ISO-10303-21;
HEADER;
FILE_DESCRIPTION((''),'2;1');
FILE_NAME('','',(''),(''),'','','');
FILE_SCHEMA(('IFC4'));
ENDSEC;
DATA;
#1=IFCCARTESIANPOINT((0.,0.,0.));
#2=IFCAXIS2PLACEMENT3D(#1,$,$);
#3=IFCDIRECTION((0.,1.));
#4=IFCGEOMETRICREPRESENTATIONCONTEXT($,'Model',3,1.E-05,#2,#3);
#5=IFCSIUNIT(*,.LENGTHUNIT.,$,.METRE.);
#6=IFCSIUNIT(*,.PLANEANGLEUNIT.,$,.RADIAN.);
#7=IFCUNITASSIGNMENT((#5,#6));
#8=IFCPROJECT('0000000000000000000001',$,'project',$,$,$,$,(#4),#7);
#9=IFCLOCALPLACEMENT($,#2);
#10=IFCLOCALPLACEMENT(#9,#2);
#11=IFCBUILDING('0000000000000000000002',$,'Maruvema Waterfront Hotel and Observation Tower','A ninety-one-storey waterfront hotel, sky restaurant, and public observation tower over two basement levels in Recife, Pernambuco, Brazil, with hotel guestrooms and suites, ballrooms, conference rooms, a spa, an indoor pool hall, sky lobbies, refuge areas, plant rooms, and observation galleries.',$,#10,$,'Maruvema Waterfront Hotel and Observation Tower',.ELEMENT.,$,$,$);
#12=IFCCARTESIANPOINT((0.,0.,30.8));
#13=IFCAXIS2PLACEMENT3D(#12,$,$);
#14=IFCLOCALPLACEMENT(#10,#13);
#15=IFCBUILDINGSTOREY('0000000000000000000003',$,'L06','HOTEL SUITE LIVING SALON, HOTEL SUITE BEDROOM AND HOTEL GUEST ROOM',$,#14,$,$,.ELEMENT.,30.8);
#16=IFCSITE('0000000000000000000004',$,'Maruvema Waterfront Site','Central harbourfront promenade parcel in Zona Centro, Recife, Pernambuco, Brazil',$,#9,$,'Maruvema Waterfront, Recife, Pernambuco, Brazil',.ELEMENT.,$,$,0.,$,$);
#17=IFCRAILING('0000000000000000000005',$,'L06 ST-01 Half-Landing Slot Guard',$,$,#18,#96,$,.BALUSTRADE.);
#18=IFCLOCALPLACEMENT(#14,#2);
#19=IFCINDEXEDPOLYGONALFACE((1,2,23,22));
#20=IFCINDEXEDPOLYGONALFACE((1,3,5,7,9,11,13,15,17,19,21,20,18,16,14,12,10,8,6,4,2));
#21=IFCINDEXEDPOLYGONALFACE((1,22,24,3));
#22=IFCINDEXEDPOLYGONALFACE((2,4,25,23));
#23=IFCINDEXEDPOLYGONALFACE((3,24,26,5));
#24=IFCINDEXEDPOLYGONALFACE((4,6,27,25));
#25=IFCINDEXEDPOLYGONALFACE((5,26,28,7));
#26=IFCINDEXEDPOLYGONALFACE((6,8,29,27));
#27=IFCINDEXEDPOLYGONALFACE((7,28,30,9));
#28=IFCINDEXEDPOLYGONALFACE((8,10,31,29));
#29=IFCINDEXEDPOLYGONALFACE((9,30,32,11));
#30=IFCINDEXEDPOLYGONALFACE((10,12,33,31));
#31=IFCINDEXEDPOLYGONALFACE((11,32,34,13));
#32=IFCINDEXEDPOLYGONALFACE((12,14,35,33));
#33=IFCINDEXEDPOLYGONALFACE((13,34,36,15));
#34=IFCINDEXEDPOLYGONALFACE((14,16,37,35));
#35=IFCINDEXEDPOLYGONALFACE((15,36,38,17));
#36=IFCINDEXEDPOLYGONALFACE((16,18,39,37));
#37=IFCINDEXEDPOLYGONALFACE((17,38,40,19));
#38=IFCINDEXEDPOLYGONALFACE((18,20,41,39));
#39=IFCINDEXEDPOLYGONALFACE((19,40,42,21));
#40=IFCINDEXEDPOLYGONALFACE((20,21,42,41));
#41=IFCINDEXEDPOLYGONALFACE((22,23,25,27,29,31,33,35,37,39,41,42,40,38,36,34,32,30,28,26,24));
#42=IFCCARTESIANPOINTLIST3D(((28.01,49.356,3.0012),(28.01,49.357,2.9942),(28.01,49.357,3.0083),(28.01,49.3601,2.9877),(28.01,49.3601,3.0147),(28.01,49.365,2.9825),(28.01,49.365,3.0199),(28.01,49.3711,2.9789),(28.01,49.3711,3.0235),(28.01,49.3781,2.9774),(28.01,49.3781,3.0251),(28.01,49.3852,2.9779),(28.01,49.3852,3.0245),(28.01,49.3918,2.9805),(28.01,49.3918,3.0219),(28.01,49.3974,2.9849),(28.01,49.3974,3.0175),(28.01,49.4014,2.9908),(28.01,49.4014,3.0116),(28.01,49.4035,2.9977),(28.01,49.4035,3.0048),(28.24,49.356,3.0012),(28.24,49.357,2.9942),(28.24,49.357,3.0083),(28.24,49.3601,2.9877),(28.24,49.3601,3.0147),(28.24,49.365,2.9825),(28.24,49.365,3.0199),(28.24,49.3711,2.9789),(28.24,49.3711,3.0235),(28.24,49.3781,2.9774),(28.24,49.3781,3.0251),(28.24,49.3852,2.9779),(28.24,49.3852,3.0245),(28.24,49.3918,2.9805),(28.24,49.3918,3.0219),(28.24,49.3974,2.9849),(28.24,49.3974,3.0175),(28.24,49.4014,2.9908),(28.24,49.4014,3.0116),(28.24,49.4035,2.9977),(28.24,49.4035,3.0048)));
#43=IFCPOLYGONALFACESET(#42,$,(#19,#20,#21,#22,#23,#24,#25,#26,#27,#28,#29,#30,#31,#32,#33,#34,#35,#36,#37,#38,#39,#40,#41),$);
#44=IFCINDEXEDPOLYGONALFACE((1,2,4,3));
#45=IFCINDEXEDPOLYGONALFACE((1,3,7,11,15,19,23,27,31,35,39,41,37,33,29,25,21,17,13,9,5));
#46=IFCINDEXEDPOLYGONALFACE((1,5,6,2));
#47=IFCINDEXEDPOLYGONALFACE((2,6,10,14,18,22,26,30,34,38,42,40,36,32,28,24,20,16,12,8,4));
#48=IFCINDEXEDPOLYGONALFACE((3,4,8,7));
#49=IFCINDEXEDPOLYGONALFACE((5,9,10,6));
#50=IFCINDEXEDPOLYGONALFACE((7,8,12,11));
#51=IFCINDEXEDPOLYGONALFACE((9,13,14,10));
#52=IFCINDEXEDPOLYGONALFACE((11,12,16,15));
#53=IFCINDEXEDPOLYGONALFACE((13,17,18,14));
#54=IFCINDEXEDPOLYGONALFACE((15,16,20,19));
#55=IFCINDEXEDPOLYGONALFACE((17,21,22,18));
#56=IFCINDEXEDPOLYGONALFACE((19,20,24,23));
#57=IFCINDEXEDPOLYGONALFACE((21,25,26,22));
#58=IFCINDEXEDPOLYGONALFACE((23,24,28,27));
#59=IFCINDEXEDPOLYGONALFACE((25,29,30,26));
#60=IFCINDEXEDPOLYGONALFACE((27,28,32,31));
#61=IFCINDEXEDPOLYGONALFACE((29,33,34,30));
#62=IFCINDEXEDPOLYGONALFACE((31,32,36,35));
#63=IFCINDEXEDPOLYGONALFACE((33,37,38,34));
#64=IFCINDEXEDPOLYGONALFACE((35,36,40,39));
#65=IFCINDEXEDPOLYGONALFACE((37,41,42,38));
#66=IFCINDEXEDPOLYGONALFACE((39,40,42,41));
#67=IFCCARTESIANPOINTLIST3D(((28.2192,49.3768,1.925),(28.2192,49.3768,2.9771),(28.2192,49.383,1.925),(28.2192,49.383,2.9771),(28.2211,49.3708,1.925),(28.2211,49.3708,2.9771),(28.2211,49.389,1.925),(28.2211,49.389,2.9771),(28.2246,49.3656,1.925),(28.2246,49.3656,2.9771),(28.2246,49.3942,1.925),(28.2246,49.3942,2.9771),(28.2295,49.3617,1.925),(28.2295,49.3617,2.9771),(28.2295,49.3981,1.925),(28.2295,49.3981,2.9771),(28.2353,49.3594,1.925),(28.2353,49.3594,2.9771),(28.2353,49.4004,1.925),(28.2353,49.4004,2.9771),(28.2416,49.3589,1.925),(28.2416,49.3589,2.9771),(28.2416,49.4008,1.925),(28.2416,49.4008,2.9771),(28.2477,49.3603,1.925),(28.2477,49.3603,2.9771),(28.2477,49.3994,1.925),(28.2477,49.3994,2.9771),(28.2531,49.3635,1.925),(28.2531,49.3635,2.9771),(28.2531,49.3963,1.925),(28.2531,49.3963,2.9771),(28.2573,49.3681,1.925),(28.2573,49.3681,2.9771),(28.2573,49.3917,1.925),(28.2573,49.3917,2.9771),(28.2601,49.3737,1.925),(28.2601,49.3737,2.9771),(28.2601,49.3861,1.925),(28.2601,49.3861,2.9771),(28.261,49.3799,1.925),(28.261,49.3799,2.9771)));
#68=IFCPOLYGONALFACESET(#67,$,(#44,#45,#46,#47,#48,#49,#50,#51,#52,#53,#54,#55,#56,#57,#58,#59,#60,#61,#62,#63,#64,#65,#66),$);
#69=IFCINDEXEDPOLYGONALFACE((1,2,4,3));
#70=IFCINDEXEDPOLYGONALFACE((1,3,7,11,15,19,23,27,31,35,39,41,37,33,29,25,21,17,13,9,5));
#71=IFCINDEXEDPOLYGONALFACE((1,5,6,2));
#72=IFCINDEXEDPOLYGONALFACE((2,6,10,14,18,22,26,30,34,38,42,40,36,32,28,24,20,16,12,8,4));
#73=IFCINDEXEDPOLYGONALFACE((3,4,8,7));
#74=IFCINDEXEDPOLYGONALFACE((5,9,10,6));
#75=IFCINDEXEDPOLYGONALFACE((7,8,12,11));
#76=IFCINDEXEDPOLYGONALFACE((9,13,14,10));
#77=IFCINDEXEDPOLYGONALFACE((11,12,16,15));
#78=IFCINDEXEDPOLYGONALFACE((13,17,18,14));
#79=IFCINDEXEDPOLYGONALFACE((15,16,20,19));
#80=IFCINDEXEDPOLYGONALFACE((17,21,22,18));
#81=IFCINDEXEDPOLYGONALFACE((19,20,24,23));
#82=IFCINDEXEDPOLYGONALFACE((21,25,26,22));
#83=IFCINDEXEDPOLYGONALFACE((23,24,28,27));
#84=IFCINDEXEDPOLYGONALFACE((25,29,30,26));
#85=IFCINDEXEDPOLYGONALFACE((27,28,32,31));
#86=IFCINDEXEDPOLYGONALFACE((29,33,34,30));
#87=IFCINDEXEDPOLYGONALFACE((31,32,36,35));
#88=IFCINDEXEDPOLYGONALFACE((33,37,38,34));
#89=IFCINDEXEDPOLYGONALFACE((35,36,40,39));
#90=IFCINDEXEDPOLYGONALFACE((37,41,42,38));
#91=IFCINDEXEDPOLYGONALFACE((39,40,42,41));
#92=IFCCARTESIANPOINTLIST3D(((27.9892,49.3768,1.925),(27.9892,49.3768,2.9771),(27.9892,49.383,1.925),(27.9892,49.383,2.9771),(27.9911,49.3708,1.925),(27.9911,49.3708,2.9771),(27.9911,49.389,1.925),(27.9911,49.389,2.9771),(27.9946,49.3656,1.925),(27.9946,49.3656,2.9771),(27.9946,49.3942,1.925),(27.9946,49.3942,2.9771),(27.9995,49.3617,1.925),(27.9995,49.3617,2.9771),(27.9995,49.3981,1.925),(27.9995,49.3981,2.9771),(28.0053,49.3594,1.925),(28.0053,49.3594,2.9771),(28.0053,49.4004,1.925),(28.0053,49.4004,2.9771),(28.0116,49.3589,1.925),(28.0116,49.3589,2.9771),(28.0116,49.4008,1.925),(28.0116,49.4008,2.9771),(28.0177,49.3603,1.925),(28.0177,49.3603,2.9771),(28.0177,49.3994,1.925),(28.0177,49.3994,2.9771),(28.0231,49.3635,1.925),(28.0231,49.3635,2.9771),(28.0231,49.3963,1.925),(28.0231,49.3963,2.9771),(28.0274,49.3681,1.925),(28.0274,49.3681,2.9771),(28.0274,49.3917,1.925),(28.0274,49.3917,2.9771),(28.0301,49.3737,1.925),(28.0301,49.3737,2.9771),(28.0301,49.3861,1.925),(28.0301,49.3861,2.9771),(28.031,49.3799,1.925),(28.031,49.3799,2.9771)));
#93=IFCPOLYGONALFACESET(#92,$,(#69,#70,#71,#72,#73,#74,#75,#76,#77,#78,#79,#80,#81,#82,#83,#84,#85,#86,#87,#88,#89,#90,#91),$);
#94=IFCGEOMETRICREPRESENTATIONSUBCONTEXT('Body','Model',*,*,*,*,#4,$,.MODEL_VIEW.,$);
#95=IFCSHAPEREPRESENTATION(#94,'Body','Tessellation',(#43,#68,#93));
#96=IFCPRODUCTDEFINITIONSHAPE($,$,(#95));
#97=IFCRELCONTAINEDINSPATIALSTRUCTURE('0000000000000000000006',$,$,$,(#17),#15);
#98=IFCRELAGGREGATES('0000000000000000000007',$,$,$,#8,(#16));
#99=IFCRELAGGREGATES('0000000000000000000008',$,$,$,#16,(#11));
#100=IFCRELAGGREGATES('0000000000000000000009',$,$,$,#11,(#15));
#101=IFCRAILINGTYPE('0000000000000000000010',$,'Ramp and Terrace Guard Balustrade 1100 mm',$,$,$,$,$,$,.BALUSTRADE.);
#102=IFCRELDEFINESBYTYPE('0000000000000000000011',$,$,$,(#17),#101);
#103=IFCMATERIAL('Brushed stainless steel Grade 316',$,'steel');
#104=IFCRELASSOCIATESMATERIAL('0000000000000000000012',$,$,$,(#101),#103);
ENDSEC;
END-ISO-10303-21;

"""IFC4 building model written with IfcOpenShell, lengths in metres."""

from ifc_helpers import new_model, si_unit, direction, frame, origin, origin_2d, place, context, subcontext, project, spatial, circle, extrude, material, type_object, element, save


model = new_model("IFC4")

# Units and contexts
model_context = context("Model", 3, precision=1e-05, world=origin(), true_north=direction((0.0, 1.0)))
body_context = subcontext(model_context, "Body", "Model", "MODEL_VIEW")
ifc_project = project(units=[si_unit("LENGTHUNIT", "METRE"), si_unit("PLANEANGLEUNIT", "RADIAN")], contexts=[model_context])

# Site, building, storey
site_placement = place(None, origin())
site = spatial("IfcSite", under=ifc_project, at=site_placement, Name="Maruvema Waterfront Site", Description="Central harbourfront promenade parcel in Zona Centro, Recife, Pernambuco, Brazil", LongName="Maruvema Waterfront, Recife, Pernambuco, Brazil", CompositionType="ELEMENT", RefElevation=0.0)
building_placement = place(site_placement, origin())
building = spatial("IfcBuilding", under=site, at=building_placement, Name="Maruvema Waterfront Hotel and Observation Tower", Description="A ninety-one-storey waterfront hotel, sky restaurant, and public observation tower over two basement levels in Recife, Pernambuco, Brazil, with hotel guestrooms and suites, ballrooms, conference rooms, a spa, an indoor pool hall, sky lobbies, refuge areas, plant rooms, and observation galleries.", LongName="Maruvema Waterfront Hotel and Observation Tower", CompositionType="ELEMENT")
storey_placement = place(building_placement, frame((0.0, 0.0, 30.8)))
storey = spatial("IfcBuildingStorey", under=building, at=storey_placement, Name="L06", Description="HOTEL SUITE LIVING SALON, HOTEL SUITE BEDROOM AND HOTEL GUEST ROOM", CompositionType="ELEMENT", Elevation=30.8)

# Railing
ifc_material_1 = material(Name="Brushed stainless steel Grade 316", Category="steel")
railing_type_1 = type_object("IfcRailingType", Name="Ramp and Terrace Guard Balustrade 1100 mm", PredefinedType="BALUSTRADE", material=ifc_material_1)
railing_1_placement = place(storey_placement, frame((28.24, 49.3799, 1.925)))
element("IfcRailing", 1, at=railing_1_placement, inside=storey, type_object=railing_type_1, Name="L06 ST-01 Half-Landing Slot Guard", PredefinedType="BALUSTRADE", context=body_context, shape_type="SweptSolid", body=[
    extrude(circle(Radius=0.0239, at=origin_2d()), frame((0.0, 0.0, 1.0762), z_axis=(-1.0, 0.0, 0.0), x_axis=(0.0, -1.0, 0.0)), (0.0, 0.0, 1.0), 0.23),
    extrude(circle(Radius=0.021, at=origin_2d()), origin(), (0.0, 0.0, 1.0), 1.052),
    extrude(circle(Radius=0.021, at=origin_2d()), frame((-0.23, 0.0, 0.0)), (0.0, 0.0, 1.0), 1.052),
])

save(model, "model.ifc")
